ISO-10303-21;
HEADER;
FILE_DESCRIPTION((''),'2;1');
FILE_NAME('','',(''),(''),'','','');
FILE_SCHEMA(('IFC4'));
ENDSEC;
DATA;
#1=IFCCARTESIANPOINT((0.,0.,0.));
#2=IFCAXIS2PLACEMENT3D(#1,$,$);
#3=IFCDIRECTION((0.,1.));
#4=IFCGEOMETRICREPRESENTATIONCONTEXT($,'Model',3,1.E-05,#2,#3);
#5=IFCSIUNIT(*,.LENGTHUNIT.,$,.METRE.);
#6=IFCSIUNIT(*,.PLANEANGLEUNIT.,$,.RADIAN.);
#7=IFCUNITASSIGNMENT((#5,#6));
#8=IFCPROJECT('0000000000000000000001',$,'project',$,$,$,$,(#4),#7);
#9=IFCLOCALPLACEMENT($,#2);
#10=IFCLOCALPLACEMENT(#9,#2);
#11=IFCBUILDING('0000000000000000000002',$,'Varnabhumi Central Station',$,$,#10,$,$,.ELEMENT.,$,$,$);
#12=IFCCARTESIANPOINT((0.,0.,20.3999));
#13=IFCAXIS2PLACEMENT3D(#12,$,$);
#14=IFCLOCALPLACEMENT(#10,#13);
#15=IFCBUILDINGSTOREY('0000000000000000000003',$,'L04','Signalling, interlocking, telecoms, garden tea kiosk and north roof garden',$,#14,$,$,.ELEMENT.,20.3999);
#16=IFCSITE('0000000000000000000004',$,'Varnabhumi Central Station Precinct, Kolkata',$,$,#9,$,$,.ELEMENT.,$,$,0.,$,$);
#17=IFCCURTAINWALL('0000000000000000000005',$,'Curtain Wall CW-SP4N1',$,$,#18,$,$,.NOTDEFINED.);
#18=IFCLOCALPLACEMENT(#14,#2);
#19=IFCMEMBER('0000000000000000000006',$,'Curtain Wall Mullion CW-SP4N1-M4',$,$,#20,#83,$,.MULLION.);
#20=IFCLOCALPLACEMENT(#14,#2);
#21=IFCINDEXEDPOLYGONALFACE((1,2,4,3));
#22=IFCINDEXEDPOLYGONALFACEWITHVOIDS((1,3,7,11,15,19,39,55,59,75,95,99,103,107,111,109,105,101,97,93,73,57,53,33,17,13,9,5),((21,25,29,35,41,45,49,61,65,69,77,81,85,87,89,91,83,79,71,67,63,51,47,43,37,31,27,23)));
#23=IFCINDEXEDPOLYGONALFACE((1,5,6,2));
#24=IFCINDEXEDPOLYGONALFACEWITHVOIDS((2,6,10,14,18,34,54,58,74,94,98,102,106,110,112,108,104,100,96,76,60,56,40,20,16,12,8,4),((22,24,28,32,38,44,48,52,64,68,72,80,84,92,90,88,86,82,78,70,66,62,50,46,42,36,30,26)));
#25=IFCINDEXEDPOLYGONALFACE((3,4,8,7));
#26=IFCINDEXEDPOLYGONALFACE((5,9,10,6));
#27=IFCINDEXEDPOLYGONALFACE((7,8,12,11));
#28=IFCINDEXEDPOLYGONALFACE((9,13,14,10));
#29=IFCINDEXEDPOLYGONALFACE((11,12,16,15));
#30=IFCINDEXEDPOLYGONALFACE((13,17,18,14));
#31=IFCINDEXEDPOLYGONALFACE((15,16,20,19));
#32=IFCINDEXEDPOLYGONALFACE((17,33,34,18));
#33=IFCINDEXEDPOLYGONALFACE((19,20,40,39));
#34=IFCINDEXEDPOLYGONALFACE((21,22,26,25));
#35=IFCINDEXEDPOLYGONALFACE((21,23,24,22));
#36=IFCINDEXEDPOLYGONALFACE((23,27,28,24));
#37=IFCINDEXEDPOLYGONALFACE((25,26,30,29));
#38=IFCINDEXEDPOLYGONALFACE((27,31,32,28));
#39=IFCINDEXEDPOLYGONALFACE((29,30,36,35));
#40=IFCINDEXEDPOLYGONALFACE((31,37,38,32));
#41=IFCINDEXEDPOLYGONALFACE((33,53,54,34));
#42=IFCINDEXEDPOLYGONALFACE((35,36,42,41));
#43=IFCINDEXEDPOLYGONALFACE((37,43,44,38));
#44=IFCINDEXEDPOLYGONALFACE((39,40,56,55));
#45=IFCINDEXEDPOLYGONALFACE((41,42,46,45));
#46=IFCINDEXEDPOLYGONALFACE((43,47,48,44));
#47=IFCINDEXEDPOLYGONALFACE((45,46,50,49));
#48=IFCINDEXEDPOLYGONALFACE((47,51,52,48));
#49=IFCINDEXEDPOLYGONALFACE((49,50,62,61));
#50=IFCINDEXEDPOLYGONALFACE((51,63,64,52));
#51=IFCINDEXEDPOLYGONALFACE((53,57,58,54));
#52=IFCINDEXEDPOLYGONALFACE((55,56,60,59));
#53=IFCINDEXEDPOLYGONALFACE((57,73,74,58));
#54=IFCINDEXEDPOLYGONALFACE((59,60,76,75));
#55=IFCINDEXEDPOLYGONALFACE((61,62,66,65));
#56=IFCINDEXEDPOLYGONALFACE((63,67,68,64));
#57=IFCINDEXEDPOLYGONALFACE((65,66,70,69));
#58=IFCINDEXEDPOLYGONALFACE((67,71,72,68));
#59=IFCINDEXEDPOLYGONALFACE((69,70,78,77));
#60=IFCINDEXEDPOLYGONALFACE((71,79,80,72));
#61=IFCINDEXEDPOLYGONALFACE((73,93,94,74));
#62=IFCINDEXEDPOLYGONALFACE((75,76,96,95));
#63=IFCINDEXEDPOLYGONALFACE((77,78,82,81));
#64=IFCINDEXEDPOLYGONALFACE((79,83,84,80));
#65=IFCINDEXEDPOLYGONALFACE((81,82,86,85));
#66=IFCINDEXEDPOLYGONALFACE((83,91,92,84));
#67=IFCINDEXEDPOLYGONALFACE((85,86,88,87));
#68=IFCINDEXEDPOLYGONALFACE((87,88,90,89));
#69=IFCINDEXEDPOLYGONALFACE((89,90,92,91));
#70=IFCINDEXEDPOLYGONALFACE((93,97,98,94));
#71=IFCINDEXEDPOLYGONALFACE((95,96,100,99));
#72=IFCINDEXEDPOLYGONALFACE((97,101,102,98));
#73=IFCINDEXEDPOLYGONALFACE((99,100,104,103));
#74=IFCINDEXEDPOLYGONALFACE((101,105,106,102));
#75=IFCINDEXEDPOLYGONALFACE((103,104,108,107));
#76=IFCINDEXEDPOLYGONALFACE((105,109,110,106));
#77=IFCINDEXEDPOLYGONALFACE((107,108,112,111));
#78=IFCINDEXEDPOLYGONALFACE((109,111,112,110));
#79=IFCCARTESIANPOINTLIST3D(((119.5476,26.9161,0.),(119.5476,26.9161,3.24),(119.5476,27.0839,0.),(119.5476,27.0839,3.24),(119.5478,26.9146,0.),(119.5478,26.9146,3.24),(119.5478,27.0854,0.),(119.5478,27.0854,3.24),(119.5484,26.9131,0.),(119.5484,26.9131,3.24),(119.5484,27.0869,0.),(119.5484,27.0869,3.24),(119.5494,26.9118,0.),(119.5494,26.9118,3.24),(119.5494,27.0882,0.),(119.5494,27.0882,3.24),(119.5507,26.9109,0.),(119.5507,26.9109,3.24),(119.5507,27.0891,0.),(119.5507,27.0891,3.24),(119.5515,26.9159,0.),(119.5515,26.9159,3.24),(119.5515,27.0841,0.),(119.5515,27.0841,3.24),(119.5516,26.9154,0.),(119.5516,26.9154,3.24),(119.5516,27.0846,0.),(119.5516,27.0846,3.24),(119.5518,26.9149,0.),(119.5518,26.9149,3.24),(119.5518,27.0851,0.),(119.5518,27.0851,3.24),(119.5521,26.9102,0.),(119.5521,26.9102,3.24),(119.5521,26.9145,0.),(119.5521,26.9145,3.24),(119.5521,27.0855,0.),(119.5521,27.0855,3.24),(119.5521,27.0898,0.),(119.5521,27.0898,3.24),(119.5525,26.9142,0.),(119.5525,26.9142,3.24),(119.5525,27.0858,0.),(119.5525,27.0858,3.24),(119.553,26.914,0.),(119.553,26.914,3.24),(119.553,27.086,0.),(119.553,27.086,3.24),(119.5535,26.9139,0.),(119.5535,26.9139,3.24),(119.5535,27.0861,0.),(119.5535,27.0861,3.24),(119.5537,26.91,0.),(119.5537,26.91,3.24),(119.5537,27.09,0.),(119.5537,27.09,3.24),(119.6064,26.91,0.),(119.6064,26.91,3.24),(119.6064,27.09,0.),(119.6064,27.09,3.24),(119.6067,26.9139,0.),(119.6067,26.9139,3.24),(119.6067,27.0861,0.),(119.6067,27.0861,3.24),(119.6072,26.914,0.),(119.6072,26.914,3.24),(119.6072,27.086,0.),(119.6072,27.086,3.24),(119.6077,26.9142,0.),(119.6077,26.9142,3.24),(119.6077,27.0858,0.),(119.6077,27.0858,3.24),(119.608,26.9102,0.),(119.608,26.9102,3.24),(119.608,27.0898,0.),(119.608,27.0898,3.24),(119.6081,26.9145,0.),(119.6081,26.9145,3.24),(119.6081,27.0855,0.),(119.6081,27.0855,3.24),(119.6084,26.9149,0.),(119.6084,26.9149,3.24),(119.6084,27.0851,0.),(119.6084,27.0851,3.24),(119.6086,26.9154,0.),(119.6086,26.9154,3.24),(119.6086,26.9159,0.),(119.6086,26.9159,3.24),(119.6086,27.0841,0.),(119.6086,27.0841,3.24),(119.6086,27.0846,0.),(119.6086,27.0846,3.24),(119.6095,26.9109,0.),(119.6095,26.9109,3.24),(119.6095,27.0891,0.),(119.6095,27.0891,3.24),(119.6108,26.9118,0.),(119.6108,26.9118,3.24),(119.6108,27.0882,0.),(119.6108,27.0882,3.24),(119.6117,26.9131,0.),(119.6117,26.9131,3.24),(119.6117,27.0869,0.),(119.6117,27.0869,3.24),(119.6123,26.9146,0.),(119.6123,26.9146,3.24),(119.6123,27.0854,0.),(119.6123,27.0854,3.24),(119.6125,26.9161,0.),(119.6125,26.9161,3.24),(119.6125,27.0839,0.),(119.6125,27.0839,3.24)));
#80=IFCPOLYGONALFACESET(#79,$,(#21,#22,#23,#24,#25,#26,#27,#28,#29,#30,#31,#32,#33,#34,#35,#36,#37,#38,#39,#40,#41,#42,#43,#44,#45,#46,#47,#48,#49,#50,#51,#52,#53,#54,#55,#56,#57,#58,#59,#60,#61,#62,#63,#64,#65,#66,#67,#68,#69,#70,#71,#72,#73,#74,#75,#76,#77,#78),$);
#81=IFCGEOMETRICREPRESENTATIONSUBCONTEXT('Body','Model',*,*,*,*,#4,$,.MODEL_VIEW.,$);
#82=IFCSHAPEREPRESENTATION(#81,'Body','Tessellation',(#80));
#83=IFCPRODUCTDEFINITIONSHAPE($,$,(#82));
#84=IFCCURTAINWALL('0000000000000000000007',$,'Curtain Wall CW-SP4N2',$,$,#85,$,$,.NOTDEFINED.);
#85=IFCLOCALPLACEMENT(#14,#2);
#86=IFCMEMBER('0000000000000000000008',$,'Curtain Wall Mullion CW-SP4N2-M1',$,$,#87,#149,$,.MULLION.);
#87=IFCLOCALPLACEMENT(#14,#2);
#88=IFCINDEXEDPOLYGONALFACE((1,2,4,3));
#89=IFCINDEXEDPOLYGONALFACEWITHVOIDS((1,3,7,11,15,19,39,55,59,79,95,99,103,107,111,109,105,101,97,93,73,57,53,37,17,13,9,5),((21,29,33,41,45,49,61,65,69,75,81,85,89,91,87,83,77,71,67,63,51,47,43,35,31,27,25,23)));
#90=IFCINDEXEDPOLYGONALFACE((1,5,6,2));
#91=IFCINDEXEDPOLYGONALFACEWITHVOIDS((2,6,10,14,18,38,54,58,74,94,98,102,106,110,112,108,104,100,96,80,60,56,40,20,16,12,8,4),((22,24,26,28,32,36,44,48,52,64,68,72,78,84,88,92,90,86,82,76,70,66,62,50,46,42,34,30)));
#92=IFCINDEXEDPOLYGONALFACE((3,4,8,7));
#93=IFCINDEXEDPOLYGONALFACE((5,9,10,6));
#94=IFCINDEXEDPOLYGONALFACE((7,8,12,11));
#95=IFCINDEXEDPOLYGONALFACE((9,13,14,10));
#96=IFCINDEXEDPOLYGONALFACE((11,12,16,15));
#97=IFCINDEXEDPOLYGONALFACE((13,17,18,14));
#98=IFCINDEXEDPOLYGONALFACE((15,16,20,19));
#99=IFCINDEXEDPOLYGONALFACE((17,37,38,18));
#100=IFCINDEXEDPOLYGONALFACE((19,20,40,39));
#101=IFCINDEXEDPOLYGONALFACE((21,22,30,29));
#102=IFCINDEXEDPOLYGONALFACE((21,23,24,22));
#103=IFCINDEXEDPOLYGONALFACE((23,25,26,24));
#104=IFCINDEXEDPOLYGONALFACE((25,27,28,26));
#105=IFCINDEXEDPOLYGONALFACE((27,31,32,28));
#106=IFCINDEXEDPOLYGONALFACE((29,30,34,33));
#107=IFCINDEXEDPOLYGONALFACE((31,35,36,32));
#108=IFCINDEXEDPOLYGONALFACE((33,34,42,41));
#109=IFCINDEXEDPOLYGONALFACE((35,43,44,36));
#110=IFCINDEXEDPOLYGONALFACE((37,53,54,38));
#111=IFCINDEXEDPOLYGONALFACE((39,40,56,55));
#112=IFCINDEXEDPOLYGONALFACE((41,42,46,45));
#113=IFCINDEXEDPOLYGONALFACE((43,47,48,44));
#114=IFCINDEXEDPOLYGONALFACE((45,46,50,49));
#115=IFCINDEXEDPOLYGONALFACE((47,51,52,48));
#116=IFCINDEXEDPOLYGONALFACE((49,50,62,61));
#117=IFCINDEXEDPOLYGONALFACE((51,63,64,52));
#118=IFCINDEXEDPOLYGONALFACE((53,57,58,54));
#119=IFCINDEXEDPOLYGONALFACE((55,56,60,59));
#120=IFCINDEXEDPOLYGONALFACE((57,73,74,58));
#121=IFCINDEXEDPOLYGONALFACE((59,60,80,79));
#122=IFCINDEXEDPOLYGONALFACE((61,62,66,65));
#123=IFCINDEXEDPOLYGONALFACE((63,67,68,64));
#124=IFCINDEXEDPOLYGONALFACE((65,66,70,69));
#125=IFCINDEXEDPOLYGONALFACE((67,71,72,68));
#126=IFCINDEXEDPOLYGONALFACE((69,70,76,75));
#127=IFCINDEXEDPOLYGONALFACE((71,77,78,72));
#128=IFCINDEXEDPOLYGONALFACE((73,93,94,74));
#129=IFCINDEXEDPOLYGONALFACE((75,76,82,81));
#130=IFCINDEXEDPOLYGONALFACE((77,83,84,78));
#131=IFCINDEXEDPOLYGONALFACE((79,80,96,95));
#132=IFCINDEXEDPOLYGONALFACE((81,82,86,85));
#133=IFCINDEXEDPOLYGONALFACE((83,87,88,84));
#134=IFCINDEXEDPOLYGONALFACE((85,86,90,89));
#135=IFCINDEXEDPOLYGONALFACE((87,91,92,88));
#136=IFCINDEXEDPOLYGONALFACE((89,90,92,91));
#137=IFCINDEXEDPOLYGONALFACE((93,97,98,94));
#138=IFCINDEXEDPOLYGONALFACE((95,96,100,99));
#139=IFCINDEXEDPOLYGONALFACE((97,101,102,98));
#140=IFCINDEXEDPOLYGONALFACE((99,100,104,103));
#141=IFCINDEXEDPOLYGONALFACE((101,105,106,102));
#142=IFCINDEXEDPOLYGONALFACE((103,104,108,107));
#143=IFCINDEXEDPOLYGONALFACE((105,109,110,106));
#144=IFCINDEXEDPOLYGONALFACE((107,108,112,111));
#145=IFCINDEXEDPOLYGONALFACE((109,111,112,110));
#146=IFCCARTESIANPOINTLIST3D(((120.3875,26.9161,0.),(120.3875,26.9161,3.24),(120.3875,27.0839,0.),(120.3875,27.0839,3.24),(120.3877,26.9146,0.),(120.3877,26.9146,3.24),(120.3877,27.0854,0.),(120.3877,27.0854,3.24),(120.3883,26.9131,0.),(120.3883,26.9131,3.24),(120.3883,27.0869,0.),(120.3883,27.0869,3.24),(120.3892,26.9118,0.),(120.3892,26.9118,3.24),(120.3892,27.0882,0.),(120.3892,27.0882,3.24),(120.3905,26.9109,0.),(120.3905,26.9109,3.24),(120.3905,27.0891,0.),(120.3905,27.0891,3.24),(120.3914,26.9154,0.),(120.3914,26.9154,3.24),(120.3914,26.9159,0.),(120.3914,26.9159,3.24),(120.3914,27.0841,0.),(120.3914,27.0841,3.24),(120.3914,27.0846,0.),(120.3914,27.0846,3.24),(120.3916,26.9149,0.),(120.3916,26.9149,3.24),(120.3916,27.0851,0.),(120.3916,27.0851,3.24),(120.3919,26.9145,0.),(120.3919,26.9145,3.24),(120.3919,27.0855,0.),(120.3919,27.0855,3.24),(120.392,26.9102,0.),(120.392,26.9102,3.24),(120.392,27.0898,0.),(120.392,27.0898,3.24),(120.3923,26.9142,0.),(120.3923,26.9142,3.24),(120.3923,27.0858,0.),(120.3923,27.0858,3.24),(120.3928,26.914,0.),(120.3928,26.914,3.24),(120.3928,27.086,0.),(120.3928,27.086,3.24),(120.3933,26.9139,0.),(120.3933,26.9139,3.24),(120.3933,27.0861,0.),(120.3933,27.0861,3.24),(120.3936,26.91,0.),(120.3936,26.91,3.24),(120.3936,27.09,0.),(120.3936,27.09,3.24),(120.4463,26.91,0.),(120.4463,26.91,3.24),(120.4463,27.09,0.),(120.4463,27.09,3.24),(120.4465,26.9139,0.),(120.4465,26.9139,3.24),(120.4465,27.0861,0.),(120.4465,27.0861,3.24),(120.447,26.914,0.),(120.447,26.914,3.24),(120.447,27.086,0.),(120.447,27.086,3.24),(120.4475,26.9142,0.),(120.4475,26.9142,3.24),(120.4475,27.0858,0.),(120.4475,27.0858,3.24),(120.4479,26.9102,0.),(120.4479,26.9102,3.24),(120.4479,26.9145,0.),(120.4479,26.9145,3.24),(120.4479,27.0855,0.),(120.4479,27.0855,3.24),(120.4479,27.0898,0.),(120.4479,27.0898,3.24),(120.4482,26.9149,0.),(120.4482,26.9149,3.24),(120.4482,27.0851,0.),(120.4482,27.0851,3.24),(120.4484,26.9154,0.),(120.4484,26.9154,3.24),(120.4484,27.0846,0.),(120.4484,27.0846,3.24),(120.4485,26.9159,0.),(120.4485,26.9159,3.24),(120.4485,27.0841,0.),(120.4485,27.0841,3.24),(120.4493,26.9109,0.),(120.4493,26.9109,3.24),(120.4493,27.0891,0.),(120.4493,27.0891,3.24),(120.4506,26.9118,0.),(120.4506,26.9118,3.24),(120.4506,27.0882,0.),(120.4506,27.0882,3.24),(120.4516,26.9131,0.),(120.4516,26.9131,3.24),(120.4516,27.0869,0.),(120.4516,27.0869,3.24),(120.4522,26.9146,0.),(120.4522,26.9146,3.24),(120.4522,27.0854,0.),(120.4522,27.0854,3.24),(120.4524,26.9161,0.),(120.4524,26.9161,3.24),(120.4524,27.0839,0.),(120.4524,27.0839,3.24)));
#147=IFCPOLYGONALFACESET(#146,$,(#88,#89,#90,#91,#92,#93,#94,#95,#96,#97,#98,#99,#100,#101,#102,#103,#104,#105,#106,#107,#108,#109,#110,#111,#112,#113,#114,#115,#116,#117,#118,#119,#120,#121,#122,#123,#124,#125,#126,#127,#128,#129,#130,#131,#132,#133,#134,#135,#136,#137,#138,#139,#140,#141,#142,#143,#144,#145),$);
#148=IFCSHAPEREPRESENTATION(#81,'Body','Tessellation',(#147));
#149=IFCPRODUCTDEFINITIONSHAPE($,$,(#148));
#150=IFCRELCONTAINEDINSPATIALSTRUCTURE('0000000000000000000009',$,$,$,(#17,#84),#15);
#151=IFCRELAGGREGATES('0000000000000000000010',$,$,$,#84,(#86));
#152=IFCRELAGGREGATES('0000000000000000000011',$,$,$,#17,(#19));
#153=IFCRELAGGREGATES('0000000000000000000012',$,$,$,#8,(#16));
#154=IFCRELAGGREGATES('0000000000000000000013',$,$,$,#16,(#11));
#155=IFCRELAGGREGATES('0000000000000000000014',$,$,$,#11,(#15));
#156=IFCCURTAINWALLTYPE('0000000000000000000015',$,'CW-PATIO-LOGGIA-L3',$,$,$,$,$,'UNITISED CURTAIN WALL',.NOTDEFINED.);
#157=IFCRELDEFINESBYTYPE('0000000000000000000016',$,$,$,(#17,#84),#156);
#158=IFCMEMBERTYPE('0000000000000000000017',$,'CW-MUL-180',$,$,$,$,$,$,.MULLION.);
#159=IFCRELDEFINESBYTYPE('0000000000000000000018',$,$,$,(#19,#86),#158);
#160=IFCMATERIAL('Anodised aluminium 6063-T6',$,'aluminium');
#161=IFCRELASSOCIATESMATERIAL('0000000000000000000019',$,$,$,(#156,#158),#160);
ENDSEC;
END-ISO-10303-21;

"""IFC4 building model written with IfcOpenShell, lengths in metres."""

from ifc_helpers import new_model, si_unit, direction, frame, origin, origin_2d, place, context, subcontext, project, spatial, hollow_rectangle, extrude, material, material_profile, profile_set, type_object, element, aggregate, save


model = new_model("IFC4")

# Units and contexts
model_context = context("Model", 3, precision=1e-05, world=origin(), true_north=direction((0.0, 1.0)))
body_context = subcontext(model_context, "Body", "Model", "MODEL_VIEW")
ifc_project = project(units=[si_unit("LENGTHUNIT", "METRE"), si_unit("PLANEANGLEUNIT", "RADIAN")], contexts=[model_context])

# Site, building, storey
site_placement = place(None, origin())
site = spatial("IfcSite", under=ifc_project, at=site_placement, Name="Varnabhumi Central Station Precinct, Kolkata", CompositionType="ELEMENT", RefElevation=0.0)
building_placement = place(site_placement, origin())
building = spatial("IfcBuilding", under=site, at=building_placement, Name="Varnabhumi Central Station", CompositionType="ELEMENT")
storey_placement = place(building_placement, frame((0.0, 0.0, 20.3999)))
storey = spatial("IfcBuildingStorey", under=building, at=storey_placement, Name="L04", Description="Signalling, interlocking, telecoms, garden tea kiosk and north roof garden", CompositionType="ELEMENT", Elevation=20.3999)

# Curtain wall, member
ifc_material_1 = material(Name="Anodised aluminium 6063-T6", Category="aluminium")
curtain_wall_type = type_object("IfcCurtainWallType", Name="CW-PATIO-LOGGIA-L3", ElementType="UNITISED CURTAIN WALL", PredefinedType="NOTDEFINED", material=ifc_material_1)
ifc_material_profile_1 = material_profile(ifc_material_1, hollow_rectangle(XDim=0.0649, YDim=0.1799, WallThickness=0.0039, InnerFilletRadius=0.002, OuterFilletRadius=0.0061, at=origin_2d()), Name="Anodised aluminium 6063-T6", Category="aluminium")
ifc_profile_set_1 = profile_set([ifc_material_profile_1], Name="Anodised aluminium 6063-T6")
member_type_1 = type_object("IfcMemberType", Name="CW-MUL-180", PredefinedType="MULLION", material=ifc_profile_set_1)
curtain_wall_1_placement = place(storey_placement, origin())
curtain_wall_1 = element("IfcCurtainWall", 1, at=curtain_wall_1_placement, inside=storey, type_object=curtain_wall_type, Name="Curtain Wall CW-SP4N1", PredefinedType="NOTDEFINED")
member_1_placement = place(storey_placement, frame((119.5801, 27.0, 0.0), z_axis=(0.0, 0.0, 1.0), x_axis=(1.0, 0.0, 0.0)))
member_1 = element("IfcMember", 2, at=member_1_placement, type_object=member_type_1, Name="Curtain Wall Mullion CW-SP4N1-M4", PredefinedType="MULLION", context=body_context, shape_type="SweptSolid", body=[
    extrude(hollow_rectangle(XDim=0.0649, YDim=0.1799, WallThickness=0.0039, InnerFilletRadius=0.002, OuterFilletRadius=0.0061, at=origin_2d()), origin(), (0.0, 0.0, 1.0), 3.24),
])

# Curtain wall, member
curtain_wall_2_placement = place(storey_placement, origin())
curtain_wall_2 = element("IfcCurtainWall", 3, at=curtain_wall_2_placement, inside=storey, type_object=curtain_wall_type, Name="Curtain Wall CW-SP4N2", PredefinedType="NOTDEFINED")
member_2_placement = place(storey_placement, frame((120.4199, 27.0, 0.0), z_axis=(0.0, 0.0, 1.0), x_axis=(1.0, 0.0, 0.0)))
member_2 = element("IfcMember", 4, at=member_2_placement, type_object=member_type_1, Name="Curtain Wall Mullion CW-SP4N2-M1", PredefinedType="MULLION", context=body_context, shape_type="SweptSolid", body=[
    extrude(hollow_rectangle(XDim=0.0649, YDim=0.1799, WallThickness=0.0039, InnerFilletRadius=0.002, OuterFilletRadius=0.0061, at=origin_2d()), origin(), (0.0, 0.0, 1.0), 3.24),
])

aggregate(curtain_wall_2, [member_2])

aggregate(curtain_wall_1, [member_1])

save(model, "model.ifc")
